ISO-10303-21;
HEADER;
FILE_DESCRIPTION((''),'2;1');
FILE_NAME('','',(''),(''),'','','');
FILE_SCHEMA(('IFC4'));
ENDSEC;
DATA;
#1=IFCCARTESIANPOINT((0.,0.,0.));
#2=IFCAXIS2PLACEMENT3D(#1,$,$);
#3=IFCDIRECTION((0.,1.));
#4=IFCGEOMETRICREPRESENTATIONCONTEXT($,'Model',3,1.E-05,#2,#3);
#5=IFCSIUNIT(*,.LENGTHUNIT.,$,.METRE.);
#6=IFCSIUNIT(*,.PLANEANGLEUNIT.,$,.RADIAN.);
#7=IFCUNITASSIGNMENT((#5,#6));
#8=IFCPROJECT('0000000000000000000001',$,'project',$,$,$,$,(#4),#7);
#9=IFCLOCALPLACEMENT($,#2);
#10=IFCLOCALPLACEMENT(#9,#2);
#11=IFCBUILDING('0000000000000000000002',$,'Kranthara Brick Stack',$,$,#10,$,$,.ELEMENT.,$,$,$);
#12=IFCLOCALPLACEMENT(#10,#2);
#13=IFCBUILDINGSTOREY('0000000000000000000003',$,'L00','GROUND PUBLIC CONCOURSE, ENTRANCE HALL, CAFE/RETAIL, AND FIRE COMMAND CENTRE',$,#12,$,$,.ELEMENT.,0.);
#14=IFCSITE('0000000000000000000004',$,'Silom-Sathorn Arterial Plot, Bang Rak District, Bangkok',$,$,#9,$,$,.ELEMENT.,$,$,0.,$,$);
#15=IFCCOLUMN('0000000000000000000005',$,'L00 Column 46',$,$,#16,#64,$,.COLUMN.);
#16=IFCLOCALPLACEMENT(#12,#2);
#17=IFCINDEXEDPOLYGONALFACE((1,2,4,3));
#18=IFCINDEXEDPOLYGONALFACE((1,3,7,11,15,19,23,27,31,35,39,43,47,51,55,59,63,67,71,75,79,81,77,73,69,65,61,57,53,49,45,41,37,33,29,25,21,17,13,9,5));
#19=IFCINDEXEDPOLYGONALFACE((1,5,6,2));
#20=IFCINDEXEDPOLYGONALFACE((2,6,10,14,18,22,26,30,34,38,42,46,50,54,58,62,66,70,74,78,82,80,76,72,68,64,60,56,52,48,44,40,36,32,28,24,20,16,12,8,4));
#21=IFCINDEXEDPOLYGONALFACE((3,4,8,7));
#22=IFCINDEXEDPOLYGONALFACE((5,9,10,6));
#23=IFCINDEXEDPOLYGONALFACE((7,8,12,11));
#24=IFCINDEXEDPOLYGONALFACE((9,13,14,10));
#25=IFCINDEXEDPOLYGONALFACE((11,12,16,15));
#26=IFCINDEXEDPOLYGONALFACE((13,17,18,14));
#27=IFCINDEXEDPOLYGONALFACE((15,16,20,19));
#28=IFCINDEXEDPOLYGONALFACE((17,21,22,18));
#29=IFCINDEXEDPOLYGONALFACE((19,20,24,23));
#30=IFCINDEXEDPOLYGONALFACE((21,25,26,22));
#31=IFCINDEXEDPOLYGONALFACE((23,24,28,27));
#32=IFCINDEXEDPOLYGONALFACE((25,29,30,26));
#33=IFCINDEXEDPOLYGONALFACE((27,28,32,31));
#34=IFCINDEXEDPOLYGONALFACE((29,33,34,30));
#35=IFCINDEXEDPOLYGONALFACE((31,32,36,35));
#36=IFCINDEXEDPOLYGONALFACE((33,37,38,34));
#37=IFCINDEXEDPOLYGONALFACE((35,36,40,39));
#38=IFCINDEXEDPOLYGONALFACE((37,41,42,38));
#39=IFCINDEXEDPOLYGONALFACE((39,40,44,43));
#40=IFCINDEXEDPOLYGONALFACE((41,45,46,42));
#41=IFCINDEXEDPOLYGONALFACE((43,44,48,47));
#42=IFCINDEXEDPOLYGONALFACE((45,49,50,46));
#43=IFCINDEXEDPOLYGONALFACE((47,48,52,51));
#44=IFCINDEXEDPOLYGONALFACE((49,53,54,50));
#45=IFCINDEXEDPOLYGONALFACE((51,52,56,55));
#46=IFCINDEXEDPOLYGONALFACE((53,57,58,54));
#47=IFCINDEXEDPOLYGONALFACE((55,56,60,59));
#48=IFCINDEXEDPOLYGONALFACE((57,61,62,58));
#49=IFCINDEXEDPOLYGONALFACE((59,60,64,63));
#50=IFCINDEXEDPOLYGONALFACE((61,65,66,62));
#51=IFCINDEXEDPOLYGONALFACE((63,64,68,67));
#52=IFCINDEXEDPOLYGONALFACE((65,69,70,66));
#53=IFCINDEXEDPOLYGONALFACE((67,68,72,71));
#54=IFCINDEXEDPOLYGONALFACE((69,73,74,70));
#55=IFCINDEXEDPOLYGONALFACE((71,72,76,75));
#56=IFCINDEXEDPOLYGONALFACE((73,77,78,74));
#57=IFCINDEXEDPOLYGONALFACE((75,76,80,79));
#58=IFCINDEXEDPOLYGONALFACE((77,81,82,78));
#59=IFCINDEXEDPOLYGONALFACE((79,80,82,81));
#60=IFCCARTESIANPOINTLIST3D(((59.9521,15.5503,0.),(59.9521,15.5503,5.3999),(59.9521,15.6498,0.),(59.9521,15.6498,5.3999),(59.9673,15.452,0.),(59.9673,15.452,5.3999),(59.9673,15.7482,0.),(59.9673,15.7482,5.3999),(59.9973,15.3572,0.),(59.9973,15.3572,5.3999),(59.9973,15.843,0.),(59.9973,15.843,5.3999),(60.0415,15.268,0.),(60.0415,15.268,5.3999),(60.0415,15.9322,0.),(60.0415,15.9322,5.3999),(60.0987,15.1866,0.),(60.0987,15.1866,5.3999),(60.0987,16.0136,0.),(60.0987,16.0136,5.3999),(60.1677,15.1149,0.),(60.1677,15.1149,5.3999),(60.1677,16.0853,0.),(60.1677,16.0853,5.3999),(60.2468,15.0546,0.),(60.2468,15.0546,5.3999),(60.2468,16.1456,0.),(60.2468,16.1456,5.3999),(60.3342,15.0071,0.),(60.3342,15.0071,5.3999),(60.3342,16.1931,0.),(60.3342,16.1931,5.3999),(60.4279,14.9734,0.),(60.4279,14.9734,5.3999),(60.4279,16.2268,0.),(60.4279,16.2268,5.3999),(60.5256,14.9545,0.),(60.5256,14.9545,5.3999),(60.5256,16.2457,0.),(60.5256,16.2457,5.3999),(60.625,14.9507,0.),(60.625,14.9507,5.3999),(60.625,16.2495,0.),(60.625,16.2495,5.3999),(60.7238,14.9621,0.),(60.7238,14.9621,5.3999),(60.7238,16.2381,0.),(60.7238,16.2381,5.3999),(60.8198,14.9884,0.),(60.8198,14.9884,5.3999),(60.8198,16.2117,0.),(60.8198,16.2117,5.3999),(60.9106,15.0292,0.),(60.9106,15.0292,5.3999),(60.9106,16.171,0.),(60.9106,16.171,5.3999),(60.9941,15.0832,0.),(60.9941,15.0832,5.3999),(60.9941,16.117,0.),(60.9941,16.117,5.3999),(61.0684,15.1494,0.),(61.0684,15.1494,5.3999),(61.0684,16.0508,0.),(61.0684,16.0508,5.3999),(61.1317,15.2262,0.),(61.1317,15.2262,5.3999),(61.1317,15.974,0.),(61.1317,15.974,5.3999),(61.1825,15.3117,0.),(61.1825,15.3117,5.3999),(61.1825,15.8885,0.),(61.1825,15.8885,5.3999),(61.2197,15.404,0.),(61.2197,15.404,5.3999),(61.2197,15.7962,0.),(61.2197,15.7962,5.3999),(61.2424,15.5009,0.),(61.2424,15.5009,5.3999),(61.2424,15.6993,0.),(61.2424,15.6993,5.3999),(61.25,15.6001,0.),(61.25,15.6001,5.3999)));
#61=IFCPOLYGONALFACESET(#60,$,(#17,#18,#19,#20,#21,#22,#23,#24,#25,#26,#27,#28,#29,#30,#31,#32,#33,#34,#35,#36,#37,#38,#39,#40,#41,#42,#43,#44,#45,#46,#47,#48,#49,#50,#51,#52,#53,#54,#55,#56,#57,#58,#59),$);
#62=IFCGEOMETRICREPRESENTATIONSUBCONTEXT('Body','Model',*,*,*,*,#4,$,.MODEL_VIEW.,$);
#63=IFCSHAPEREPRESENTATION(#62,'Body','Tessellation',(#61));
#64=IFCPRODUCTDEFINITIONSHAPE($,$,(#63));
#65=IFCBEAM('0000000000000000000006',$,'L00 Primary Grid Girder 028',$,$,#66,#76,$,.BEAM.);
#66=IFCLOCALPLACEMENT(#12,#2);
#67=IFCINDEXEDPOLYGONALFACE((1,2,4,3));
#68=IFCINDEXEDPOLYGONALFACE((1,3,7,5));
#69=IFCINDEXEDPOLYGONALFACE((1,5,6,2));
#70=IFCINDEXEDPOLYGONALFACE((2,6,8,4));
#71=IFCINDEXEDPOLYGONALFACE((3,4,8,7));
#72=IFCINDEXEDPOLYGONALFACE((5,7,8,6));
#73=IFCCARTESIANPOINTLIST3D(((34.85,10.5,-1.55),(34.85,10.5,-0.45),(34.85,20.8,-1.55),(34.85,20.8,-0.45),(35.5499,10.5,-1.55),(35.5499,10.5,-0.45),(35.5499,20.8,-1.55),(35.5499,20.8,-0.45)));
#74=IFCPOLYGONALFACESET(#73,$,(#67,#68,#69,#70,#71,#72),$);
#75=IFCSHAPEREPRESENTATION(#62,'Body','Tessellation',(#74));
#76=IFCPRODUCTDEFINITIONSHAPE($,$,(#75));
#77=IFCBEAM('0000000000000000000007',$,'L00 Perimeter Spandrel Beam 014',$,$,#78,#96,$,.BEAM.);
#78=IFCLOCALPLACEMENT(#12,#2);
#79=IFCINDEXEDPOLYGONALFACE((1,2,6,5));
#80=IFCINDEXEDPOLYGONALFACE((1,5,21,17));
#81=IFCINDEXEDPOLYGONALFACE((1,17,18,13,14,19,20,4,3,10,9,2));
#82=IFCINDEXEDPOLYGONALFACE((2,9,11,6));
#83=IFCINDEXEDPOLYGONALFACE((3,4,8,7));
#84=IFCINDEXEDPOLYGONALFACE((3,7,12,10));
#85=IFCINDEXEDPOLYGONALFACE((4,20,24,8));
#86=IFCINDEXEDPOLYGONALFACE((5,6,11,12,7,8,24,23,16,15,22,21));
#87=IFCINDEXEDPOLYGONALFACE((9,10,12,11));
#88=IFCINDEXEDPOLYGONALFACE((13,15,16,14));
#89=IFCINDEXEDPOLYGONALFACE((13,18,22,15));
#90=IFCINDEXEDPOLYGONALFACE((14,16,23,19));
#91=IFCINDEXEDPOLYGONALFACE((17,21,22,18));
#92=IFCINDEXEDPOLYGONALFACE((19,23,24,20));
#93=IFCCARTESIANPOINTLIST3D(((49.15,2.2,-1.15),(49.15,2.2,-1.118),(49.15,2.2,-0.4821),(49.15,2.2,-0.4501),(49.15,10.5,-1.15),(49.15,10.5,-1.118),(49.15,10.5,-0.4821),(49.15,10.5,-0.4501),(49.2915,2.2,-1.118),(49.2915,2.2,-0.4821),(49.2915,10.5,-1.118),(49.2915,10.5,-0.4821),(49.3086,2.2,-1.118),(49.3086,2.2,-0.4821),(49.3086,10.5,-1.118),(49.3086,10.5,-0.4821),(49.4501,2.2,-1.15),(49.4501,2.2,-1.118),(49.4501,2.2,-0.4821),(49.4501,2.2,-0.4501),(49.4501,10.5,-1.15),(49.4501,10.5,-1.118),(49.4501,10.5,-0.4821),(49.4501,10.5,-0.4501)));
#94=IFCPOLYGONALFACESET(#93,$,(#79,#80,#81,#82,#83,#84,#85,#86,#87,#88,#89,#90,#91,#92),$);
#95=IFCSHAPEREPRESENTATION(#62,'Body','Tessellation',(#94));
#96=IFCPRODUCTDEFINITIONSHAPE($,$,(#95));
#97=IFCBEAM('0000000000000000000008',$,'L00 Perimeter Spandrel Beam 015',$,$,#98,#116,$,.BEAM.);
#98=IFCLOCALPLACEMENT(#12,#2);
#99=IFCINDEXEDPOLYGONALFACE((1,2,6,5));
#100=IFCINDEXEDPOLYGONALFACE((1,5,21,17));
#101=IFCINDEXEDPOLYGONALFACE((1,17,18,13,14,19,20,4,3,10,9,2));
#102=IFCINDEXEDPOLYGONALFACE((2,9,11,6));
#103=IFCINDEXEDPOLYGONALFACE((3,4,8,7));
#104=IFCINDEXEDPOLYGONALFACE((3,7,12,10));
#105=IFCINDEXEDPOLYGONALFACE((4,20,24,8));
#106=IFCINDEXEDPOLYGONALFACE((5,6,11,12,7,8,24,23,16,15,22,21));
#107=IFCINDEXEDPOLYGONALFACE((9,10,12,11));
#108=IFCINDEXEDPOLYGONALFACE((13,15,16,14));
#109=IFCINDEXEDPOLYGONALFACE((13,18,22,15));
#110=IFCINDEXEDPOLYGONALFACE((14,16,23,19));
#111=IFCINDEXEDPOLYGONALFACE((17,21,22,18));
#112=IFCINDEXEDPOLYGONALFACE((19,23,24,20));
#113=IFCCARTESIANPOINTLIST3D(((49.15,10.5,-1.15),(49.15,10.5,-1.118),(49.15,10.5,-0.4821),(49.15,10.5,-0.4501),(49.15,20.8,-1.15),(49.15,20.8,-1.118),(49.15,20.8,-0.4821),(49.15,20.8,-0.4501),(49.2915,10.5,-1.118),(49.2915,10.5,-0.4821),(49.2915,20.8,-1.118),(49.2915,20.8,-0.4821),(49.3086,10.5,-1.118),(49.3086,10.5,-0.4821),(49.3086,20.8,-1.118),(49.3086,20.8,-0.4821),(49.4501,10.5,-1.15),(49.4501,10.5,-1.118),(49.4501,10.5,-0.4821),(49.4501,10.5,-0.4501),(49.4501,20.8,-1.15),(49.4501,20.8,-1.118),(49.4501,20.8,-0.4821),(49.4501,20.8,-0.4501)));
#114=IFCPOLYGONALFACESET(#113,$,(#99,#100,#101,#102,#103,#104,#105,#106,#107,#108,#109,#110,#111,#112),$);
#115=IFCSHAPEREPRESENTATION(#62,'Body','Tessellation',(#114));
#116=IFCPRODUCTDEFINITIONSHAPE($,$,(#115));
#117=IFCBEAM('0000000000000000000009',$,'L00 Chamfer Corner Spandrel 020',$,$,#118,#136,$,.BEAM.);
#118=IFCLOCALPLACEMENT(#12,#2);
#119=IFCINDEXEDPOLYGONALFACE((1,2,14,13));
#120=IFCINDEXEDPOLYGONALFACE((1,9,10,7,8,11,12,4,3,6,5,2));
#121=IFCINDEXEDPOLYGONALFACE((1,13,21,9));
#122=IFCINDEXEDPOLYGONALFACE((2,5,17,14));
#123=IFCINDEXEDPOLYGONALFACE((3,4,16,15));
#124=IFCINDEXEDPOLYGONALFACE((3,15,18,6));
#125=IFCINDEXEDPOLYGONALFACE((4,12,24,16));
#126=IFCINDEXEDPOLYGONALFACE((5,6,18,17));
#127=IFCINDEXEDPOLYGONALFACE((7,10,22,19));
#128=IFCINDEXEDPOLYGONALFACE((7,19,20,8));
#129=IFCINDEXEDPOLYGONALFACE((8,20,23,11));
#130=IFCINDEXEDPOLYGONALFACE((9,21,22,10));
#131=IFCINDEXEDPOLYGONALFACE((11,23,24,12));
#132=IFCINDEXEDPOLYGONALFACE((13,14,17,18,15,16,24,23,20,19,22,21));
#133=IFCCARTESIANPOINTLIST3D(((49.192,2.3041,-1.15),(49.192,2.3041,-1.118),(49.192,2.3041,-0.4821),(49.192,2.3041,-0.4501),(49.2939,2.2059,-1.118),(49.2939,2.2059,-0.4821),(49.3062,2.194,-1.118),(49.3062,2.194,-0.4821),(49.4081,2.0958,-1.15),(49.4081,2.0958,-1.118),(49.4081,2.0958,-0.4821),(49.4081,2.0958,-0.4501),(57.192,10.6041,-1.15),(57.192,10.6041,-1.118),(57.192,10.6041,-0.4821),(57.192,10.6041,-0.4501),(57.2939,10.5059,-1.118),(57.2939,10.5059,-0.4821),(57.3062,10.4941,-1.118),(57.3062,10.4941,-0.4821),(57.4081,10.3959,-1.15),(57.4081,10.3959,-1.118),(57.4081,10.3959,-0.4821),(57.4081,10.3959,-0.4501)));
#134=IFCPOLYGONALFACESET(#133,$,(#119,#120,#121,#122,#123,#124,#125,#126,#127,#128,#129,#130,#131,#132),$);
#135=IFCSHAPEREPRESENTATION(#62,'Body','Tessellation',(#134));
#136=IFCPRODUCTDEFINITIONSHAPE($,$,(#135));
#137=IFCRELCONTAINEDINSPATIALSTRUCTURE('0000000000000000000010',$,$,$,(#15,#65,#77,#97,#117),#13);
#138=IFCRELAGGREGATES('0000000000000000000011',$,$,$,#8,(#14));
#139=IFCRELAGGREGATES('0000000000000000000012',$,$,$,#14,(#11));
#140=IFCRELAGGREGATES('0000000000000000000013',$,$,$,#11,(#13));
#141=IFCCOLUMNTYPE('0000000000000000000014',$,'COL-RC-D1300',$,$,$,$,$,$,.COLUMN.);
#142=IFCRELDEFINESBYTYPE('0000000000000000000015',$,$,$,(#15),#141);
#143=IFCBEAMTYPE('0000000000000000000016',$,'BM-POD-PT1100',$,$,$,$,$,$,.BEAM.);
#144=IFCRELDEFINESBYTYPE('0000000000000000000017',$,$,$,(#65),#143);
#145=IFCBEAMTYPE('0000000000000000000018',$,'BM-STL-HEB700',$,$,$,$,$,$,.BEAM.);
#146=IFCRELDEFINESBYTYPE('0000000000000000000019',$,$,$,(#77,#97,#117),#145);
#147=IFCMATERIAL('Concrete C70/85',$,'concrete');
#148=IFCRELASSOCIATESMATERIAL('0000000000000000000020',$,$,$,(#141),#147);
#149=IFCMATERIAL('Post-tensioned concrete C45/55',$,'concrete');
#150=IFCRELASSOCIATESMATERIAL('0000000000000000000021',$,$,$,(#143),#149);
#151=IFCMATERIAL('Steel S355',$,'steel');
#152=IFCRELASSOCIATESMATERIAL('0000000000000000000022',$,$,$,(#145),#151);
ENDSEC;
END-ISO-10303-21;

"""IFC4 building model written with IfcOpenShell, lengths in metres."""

from ifc_helpers import new_model, si_unit, direction, frame, origin, origin_2d, place, context, subcontext, project, spatial, rectangle, circle, i_section, extrude, material, material_profile, profile_set, type_object, element, save


model = new_model("IFC4")

# Units and contexts
model_context = context("Model", 3, precision=1e-05, world=origin(), true_north=direction((0.0, 1.0)))
body_context = subcontext(model_context, "Body", "Model", "MODEL_VIEW")
ifc_project = project(units=[si_unit("LENGTHUNIT", "METRE"), si_unit("PLANEANGLEUNIT", "RADIAN")], contexts=[model_context])

# Site, building, storey
site_placement = place(None, origin())
site = spatial("IfcSite", under=ifc_project, at=site_placement, Name="Silom-Sathorn Arterial Plot, Bang Rak District, Bangkok", CompositionType="ELEMENT", RefElevation=0.0)
building_placement = place(site_placement, origin())
building = spatial("IfcBuilding", under=site, at=building_placement, Name="Kranthara Brick Stack", CompositionType="ELEMENT")
storey_placement = place(building_placement, origin())
storey = spatial("IfcBuildingStorey", under=building, at=storey_placement, Name="L00", Description="GROUND PUBLIC CONCOURSE, ENTRANCE HALL, CAFE/RETAIL, AND FIRE COMMAND CENTRE", CompositionType="ELEMENT", Elevation=0.0)

# Column
ifc_material_1 = material(Name="Concrete C70/85", Category="concrete")
ifc_material_profile_1 = material_profile(ifc_material_1, circle(Radius=0.6499, at=origin_2d()), Name="RC D1300")
ifc_profile_set_1 = profile_set([ifc_material_profile_1], Name="Concrete C70/85")
column_type_1 = type_object("IfcColumnType", Name="COL-RC-D1300", PredefinedType="COLUMN", material=ifc_profile_set_1)
for number, where, z_axis, x_axis, name in (
    (1, (60.6001, 15.6001, 0.0), (0.0, 0.0, 1.0), (1.0, 0.0, 0.0), "L00 Column 46"),
):
    element("IfcColumn", number, at=place(storey_placement, frame(where, z_axis=z_axis, x_axis=x_axis)), inside=storey, type_object=column_type_1, Name=name, PredefinedType="COLUMN", context=body_context, shape_type="SweptSolid", body=[
        extrude(circle(Radius=0.6499, at=origin_2d()), origin(), (0.0, 0.0, 1.0), 5.3999),
    ])

# Beams
ifc_material_2 = material(Name="Post-tensioned concrete C45/55", Category="concrete")
ifc_material_profile_2 = material_profile(ifc_material_2, rectangle(XDim=0.7, YDim=1.1001, at=origin_2d()), Name="PT 700x1100")
ifc_profile_set_2 = profile_set([ifc_material_profile_2], Name="Post-tensioned concrete C45/55")
beam_type_1 = type_object("IfcBeamType", Name="BM-POD-PT1100", PredefinedType="BEAM", material=ifc_profile_set_2)
beam_1_placement = place(storey_placement, frame((35.2, 10.5, -1.0), z_axis=(0.0, 1.0, 0.0), x_axis=(-1.0, 0.0, 0.0)))
element("IfcBeam", 2, at=beam_1_placement, inside=storey, type_object=beam_type_1, Name="L00 Primary Grid Girder 028", PredefinedType="BEAM", context=body_context, shape_type="SweptSolid", body=[
    extrude(rectangle(XDim=0.7, YDim=1.1001, at=origin_2d()), origin(), (0.0, 0.0, 1.0), 10.3),
])
ifc_material_3 = material(Name="Steel S355", Category="steel")
ifc_material_profile_3 = material_profile(ifc_material_3, i_section(OverallWidth=0.3, OverallDepth=0.7, WebThickness=0.0171, FlangeThickness=0.032, at=origin_2d()), Name="HEB 700")
ifc_profile_set_3 = profile_set([ifc_material_profile_3], Name="Steel S355")
beam_type_2 = type_object("IfcBeamType", Name="BM-STL-HEB700", PredefinedType="BEAM", material=ifc_profile_set_3)
beam_2_placement = place(storey_placement, frame((49.3, 2.2, -0.8), z_axis=(0.0, 1.0, 0.0), x_axis=(-1.0, 0.0, 0.0)))
element("IfcBeam", 3, at=beam_2_placement, inside=storey, type_object=beam_type_2, Name="L00 Perimeter Spandrel Beam 014", PredefinedType="BEAM", context=body_context, shape_type="SweptSolid", body=[
    extrude(i_section(OverallWidth=0.3, OverallDepth=0.7, WebThickness=0.0171, FlangeThickness=0.032, at=origin_2d()), origin(), (0.0, 0.0, 1.0), 8.3),
])
beam_3_placement = place(storey_placement, frame((49.3, 10.5, -0.8), z_axis=(0.0, 1.0, 0.0), x_axis=(-1.0, 0.0, 0.0)))
element("IfcBeam", 4, at=beam_3_placement, inside=storey, type_object=beam_type_2, Name="L00 Perimeter Spandrel Beam 015", PredefinedType="BEAM", context=body_context, shape_type="SweptSolid", body=[
    extrude(i_section(OverallWidth=0.3, OverallDepth=0.7, WebThickness=0.0171, FlangeThickness=0.032, at=origin_2d()), origin(), (0.0, 0.0, 1.0), 10.3),
])
beam_4_placement = place(storey_placement, frame((57.3, 10.5, -0.8), z_axis=(-0.693973, -0.720001, 0.0), x_axis=(0.720001, -0.693973, 0.0)))
element("IfcBeam", 5, at=beam_4_placement, inside=storey, type_object=beam_type_2, Name="L00 Chamfer Corner Spandrel 020", PredefinedType="BEAM", context=body_context, shape_type="SweptSolid", body=[
    extrude(i_section(OverallWidth=0.3, OverallDepth=0.7, WebThickness=0.0171, FlangeThickness=0.032, at=origin_2d()), origin(), (0.0, 0.0, 1.0), 11.5278),
])

save(model, "model.ifc")
